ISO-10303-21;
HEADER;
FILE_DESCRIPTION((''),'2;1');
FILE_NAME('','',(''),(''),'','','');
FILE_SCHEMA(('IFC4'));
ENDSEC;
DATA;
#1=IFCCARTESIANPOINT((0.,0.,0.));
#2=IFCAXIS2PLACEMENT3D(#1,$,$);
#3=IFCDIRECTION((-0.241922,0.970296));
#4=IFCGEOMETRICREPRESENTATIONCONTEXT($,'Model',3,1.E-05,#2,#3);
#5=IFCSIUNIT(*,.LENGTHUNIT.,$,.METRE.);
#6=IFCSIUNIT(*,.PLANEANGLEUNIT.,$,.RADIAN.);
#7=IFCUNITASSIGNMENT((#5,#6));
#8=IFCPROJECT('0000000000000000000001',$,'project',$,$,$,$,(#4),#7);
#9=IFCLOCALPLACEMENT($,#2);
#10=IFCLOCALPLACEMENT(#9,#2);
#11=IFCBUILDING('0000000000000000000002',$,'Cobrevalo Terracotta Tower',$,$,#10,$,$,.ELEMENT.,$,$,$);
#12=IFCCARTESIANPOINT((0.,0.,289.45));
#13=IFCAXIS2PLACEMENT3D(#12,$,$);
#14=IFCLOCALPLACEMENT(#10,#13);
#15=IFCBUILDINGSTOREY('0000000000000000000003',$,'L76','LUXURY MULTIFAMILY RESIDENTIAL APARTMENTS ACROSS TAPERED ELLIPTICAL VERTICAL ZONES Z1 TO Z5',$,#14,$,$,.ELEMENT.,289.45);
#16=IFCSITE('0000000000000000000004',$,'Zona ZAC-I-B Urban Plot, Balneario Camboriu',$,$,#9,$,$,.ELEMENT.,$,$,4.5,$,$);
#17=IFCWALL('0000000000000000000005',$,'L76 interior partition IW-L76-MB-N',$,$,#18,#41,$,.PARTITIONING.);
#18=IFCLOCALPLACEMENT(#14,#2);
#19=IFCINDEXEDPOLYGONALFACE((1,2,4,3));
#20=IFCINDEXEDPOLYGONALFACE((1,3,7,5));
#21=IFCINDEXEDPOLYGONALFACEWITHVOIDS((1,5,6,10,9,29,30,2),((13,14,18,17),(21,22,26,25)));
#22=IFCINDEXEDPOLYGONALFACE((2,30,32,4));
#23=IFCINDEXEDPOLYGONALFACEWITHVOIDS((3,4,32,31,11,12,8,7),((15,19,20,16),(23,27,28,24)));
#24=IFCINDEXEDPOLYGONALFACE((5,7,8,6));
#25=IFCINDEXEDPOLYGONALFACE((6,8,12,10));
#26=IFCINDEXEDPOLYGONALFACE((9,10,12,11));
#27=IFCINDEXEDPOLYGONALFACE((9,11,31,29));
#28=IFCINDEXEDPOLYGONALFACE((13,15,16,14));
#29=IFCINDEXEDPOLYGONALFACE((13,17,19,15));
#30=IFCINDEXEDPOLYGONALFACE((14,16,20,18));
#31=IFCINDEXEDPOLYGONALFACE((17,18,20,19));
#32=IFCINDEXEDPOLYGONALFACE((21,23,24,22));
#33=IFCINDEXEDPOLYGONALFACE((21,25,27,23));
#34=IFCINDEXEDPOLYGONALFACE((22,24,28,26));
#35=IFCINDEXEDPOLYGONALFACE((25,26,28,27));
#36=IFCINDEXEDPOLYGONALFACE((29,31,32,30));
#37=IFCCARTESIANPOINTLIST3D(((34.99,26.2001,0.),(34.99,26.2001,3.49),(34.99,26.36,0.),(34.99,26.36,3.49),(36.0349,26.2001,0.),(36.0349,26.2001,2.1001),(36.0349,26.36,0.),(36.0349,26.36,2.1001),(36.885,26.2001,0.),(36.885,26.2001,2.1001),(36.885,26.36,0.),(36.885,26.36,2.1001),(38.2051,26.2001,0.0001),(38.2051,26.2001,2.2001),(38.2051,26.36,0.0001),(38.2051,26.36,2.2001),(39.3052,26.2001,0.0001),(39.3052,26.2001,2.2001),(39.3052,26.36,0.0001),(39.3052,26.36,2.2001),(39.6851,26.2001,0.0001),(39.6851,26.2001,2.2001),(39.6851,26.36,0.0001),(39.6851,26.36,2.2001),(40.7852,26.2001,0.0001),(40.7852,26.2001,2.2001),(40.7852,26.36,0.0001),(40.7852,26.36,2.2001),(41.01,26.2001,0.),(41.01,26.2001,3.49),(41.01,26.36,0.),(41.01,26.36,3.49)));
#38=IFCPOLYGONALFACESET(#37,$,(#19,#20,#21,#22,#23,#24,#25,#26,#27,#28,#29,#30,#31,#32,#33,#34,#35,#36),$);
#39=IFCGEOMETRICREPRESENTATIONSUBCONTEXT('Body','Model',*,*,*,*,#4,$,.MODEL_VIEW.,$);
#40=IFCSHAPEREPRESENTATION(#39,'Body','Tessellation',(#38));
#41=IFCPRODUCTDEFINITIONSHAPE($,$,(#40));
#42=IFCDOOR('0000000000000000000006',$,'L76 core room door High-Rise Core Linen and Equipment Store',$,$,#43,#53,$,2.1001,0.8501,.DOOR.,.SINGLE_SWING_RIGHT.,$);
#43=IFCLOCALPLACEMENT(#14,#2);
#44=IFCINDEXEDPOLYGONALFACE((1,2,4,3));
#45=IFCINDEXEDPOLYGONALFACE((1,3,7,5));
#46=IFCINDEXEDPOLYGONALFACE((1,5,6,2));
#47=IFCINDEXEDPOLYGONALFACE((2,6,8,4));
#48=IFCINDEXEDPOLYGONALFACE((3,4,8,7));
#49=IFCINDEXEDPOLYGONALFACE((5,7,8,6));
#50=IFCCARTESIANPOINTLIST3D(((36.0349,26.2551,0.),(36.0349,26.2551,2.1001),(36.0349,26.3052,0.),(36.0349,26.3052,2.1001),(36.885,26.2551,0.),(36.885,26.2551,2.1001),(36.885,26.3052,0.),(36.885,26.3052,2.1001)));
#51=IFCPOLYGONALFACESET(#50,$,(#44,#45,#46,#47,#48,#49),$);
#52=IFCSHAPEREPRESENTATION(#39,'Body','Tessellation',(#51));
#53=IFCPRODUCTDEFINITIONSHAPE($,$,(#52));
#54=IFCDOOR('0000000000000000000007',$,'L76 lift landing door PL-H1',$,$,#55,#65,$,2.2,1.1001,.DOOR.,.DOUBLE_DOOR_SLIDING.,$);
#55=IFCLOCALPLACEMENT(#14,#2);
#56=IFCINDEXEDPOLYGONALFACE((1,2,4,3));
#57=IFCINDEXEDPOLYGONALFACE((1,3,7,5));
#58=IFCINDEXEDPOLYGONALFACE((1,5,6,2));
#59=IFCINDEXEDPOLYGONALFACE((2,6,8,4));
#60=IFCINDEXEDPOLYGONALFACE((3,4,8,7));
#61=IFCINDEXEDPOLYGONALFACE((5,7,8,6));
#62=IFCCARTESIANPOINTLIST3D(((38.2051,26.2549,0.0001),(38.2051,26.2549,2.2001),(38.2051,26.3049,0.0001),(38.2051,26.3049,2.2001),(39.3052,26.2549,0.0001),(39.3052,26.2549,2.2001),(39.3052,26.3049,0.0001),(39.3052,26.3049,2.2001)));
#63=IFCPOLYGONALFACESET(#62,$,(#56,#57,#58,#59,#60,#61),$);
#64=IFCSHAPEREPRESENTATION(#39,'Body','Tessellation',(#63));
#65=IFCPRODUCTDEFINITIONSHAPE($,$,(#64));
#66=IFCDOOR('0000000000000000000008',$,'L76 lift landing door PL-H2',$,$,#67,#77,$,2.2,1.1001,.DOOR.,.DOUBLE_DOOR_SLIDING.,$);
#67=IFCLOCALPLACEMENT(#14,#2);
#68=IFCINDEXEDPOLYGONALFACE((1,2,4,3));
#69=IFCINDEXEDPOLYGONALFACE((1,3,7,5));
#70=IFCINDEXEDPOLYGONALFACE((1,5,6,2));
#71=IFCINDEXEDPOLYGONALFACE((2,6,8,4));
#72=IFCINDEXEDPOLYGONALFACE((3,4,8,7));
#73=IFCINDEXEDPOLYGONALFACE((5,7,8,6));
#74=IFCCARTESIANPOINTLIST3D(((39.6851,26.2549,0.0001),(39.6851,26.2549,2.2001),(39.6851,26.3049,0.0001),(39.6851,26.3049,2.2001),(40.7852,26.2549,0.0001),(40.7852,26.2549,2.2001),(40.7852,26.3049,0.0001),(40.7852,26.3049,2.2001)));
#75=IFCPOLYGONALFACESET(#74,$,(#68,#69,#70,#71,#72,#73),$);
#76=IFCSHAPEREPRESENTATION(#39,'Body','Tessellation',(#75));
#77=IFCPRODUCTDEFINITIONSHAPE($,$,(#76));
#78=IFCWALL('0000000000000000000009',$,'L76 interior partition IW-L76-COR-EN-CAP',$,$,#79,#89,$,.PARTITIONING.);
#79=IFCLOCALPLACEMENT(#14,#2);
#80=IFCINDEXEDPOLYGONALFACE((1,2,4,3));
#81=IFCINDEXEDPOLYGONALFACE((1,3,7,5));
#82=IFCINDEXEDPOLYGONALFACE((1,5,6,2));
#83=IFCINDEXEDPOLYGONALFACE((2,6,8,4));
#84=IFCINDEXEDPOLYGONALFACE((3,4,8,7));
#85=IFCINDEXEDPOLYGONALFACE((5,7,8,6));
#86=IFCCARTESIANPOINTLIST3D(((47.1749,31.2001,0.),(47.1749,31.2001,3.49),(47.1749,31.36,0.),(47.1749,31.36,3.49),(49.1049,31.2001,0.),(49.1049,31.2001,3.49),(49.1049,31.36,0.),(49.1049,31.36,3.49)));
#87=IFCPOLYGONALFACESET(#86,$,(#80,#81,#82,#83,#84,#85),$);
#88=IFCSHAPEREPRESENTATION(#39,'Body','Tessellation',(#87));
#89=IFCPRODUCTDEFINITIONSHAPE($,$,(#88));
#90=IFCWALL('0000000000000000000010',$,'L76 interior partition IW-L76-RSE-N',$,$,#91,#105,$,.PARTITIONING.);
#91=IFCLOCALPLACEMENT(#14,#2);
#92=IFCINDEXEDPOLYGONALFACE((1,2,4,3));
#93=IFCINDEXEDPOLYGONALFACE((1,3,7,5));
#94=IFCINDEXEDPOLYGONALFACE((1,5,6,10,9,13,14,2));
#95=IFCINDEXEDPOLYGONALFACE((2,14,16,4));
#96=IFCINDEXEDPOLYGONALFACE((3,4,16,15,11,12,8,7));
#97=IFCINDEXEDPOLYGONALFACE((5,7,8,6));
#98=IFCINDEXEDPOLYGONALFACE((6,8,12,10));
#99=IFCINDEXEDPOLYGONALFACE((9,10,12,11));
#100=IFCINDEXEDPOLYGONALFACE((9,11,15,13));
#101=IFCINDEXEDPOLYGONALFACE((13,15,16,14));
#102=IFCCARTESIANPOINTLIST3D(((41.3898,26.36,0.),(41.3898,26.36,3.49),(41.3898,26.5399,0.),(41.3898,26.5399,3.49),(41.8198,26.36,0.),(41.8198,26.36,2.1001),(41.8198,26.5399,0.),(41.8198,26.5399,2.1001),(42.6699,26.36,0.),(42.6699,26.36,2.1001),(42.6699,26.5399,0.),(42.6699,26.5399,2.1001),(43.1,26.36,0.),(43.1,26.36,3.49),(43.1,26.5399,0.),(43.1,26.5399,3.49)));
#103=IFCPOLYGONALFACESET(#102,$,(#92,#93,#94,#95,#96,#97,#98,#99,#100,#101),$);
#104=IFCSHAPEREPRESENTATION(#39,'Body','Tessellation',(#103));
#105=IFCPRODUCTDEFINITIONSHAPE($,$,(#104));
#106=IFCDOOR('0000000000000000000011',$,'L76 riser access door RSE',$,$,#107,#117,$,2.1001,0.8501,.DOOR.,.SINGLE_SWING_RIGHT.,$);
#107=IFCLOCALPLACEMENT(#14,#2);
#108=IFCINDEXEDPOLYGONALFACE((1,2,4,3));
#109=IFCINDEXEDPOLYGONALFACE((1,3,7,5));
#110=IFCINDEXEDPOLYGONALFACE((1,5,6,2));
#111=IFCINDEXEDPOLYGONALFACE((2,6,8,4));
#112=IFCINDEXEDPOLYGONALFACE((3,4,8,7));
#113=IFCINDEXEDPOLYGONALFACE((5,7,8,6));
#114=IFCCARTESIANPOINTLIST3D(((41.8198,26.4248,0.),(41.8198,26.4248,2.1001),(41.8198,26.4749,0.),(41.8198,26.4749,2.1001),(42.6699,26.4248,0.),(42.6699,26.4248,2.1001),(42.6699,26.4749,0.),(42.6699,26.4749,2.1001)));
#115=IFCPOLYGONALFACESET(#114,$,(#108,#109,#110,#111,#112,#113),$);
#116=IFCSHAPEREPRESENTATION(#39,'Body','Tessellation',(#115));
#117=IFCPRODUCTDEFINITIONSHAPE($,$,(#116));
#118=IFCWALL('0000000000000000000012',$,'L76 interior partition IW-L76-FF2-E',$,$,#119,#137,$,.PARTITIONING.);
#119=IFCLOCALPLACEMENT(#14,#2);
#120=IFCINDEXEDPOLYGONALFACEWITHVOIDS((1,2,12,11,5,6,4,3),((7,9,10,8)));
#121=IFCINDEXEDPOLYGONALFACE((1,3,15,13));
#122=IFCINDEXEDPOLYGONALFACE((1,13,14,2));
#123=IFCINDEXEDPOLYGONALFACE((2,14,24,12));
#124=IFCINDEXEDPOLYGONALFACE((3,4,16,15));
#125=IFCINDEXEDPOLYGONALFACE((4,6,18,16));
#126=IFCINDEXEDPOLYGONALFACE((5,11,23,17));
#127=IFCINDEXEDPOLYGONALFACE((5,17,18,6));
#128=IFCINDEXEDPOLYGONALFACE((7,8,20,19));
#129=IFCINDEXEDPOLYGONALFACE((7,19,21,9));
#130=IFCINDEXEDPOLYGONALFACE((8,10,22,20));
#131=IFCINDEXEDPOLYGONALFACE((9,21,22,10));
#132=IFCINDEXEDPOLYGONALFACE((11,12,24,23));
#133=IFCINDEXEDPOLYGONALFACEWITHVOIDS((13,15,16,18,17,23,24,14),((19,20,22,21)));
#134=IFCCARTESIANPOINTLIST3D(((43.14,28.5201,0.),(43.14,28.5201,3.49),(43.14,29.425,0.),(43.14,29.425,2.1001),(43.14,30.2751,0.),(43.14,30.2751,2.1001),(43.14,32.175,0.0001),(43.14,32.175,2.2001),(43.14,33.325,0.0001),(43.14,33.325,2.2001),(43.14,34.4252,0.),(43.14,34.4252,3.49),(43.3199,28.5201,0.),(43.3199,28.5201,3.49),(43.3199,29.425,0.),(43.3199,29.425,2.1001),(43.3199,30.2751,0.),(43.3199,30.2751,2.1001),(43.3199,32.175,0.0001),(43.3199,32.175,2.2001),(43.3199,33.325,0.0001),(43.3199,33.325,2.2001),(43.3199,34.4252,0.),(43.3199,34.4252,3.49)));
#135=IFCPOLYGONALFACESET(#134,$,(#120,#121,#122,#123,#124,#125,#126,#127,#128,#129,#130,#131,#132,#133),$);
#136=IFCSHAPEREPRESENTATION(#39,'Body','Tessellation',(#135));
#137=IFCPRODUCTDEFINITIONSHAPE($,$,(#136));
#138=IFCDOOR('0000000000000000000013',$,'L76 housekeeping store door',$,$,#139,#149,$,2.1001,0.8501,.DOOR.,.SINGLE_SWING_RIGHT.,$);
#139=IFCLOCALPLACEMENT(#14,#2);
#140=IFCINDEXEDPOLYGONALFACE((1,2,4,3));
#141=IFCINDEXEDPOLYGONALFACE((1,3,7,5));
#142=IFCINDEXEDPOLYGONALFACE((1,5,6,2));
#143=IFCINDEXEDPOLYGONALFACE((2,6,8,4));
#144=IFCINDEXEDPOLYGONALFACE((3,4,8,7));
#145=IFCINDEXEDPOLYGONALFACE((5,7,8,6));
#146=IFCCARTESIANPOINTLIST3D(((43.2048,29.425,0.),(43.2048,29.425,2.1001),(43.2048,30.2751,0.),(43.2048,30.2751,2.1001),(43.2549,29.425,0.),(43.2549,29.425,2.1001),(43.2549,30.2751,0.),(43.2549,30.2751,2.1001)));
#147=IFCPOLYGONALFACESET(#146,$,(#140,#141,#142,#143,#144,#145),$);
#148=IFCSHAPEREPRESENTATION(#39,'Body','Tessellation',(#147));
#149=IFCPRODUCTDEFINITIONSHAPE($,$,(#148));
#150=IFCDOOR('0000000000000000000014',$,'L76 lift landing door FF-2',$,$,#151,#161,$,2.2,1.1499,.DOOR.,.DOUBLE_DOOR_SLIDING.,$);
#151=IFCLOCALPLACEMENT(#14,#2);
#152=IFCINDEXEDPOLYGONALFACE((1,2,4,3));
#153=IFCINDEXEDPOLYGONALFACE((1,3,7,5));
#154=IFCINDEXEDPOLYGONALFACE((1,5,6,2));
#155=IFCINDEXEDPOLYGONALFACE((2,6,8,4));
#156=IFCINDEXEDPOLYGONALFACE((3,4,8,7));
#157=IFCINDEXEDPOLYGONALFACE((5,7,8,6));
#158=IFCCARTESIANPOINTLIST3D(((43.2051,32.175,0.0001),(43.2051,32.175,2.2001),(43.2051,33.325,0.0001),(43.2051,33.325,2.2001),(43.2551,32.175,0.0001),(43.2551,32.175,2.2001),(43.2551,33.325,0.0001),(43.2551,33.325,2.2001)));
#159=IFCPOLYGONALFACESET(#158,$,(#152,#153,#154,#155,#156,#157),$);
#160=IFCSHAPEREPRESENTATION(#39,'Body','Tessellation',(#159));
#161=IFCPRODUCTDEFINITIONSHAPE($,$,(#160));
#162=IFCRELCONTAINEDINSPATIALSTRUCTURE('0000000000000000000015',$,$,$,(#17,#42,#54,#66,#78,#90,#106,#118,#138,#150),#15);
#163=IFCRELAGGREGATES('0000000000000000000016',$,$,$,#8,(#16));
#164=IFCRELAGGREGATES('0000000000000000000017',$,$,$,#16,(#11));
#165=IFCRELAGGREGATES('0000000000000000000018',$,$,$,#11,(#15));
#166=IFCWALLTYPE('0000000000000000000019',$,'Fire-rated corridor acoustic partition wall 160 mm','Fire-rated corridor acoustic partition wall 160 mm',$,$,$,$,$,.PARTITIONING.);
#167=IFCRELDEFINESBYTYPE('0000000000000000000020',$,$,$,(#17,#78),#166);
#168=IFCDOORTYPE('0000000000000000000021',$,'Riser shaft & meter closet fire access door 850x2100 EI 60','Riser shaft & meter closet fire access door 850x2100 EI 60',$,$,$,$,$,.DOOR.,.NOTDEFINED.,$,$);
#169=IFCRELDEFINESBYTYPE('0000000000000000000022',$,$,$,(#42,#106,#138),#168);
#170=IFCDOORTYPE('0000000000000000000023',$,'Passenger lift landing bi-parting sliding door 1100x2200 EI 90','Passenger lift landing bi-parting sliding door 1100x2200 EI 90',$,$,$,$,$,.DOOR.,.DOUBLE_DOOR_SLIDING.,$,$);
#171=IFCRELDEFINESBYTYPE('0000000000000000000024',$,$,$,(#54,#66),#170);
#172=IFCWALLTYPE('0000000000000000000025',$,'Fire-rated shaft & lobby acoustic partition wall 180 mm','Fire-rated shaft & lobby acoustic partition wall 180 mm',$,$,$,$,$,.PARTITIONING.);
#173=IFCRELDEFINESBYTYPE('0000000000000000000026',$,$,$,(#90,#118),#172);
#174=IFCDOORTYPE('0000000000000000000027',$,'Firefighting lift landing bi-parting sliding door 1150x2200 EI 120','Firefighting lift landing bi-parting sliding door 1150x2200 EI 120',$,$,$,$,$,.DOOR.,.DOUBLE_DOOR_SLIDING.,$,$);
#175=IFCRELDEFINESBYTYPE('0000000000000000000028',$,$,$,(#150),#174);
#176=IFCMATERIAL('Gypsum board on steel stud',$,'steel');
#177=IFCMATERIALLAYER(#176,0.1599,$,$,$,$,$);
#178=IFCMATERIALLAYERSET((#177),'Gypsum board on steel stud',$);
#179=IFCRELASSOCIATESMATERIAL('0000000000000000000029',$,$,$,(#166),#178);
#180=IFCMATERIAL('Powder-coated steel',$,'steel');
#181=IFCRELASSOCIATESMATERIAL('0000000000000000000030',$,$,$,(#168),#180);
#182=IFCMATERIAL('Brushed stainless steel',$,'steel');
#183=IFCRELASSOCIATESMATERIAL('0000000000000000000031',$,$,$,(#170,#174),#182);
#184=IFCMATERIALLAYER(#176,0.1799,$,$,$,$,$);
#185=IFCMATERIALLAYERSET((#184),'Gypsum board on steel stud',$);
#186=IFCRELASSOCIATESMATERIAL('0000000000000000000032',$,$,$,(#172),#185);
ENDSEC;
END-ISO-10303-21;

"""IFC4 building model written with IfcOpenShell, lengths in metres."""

from ifc_helpers import new_model, si_unit, direction, frame, frame_2d, origin, place, context, subcontext, project, spatial, rectangle, extrude, source, transform, mapped, material, layer, layer_set, type_object, element, fill, save


model = new_model("IFC4")

# Units and contexts
model_context = context("Model", 3, precision=1e-05, world=origin(), true_north=direction((-0.241922, 0.970296)))
body_context = subcontext(model_context, "Body", "Model", "MODEL_VIEW")
ifc_project = project(units=[si_unit("LENGTHUNIT", "METRE"), si_unit("PLANEANGLEUNIT", "RADIAN")], contexts=[model_context])

# Site, building, storey
site_placement = place(None, origin())
site = spatial("IfcSite", under=ifc_project, at=site_placement, Name="Zona ZAC-I-B Urban Plot, Balneario Camboriu", CompositionType="ELEMENT", RefElevation=4.5)
building_placement = place(site_placement, origin())
building = spatial("IfcBuilding", under=site, at=building_placement, Name="Cobrevalo Terracotta Tower", CompositionType="ELEMENT")
storey_placement = place(building_placement, frame((0.0, 0.0, 289.45)))
storey = spatial("IfcBuildingStorey", under=building, at=storey_placement, Name="L76", Description="LUXURY MULTIFAMILY RESIDENTIAL APARTMENTS ACROSS TAPERED ELLIPTICAL VERTICAL ZONES Z1 TO Z5", CompositionType="ELEMENT", Elevation=289.45)

# Shared definitions
ifc_material_1 = material(Name="Gypsum board on steel stud", Category="steel")
ifc_layer_1 = layer(ifc_material_1, 0.1599)
ifc_layer_set_1 = layer_set([ifc_layer_1], Name="Gypsum board on steel stud")
wall_type_1 = type_object("IfcWallType", Name="Fire-rated corridor acoustic partition wall 160 mm", Description="Fire-rated corridor acoustic partition wall 160 mm", PredefinedType="PARTITIONING", material=ifc_layer_set_1)

# Wall, openings, doors
ifc_material_2 = material(Name="Powder-coated steel", Category="steel")
door_type_1 = type_object("IfcDoorType", Name="Riser shaft & meter closet fire access door 850x2100 EI 60", Description="Riser shaft & meter closet fire access door 850x2100 EI 60", OperationType="NOTDEFINED", PredefinedType="DOOR", material=ifc_material_2)
shared_shape_1 = source(origin(), body_context, "Body", "SweptSolid", [
    extrude(rectangle(XDim=0.8501, YDim=2.1001, at=frame_2d((0.425, 1.05))), frame((0.0, 0.0249, 0.0), z_axis=(0.0, -1.0, 0.0), x_axis=(1.0, 0.0, 0.0)), (0.0, 0.0, 1.0), 0.05),
])
wall_1_placement = place(storey_placement, frame((34.99, 26.28, 0.0), z_axis=(0.0, 0.0, 1.0), x_axis=(1.0, 0.0, 0.0)))
wall_1 = element("IfcWall", 1, at=wall_1_placement, inside=storey, type_object=wall_type_1, Name="L76 interior partition IW-L76-MB-N", PredefinedType="PARTITIONING", context=body_context, shape_type="SweptSolid", body=[
    extrude(rectangle(XDim=6.02, YDim=0.1599, at=frame_2d((3.01, 0.0))), origin(), (0.0, 0.0, 1.0), 3.49),
])
opening_1_placement = place(wall_1_placement, frame((1.0449, 0.0, 0.0)))
opening_1 = element("IfcOpeningElement", 2, at=opening_1_placement, cuts=wall_1, PredefinedType="OPENING", context=body_context, shape_type="SweptSolid", body=[
    extrude(rectangle(XDim=0.8501, YDim=2.1001, at=frame_2d((0.425, 1.05))), frame((0.0, 0.0898, 0.0), z_axis=(0.0, -1.0, 0.0), x_axis=(1.0, 0.0, 0.0)), (0.0, 0.0, 1.0), 0.1799),
])
opening_2_placement = place(wall_1_placement, frame((3.2151, 0.0, 0.0)))
opening_2 = element("IfcOpeningElement", 3, at=opening_2_placement, cuts=wall_1, PredefinedType="OPENING", context=body_context, shape_type="SweptSolid", body=[
    extrude(rectangle(XDim=1.1001, YDim=2.2, at=frame_2d((0.55, 1.1001))), frame((0.0, 0.0898, 0.0), z_axis=(0.0, -1.0, 0.0), x_axis=(1.0, 0.0, 0.0)), (0.0, 0.0, 1.0), 0.1799),
])
opening_3_placement = place(wall_1_placement, frame((4.6951, 0.0, 0.0)))
opening_3 = element("IfcOpeningElement", 4, at=opening_3_placement, cuts=wall_1, PredefinedType="OPENING", context=body_context, shape_type="SweptSolid", body=[
    extrude(rectangle(XDim=1.1001, YDim=2.2, at=frame_2d((0.55, 1.1001))), frame((0.0, 0.0898, 0.0), z_axis=(0.0, -1.0, 0.0), x_axis=(1.0, 0.0, 0.0)), (0.0, 0.0, 1.0), 0.1799),
])
door_1_placement = place(opening_1_placement, frame((0.8501, 0.0, 0.0), z_axis=(0.0, 0.0, 1.0), x_axis=(-1.0, 0.0, 0.0)))
door_1 = element("IfcDoor", 5, at=door_1_placement, inside=storey, type_object=door_type_1, Name="L76 core room door High-Rise Core Linen and Equipment Store", OperationType="SINGLE_SWING_RIGHT", OverallHeight=2.1001, OverallWidth=0.8501, PredefinedType="DOOR", context=body_context, shape_type="MappedRepresentation", body=[
    mapped(shared_shape_1, transform((0.0, 0.0, 0.0), scale=1.0)),
])
fill(opening_1, door_1)
ifc_material_3 = material(Name="Brushed stainless steel", Category="steel")
door_type_2 = type_object("IfcDoorType", Name="Passenger lift landing bi-parting sliding door 1100x2200 EI 90", Description="Passenger lift landing bi-parting sliding door 1100x2200 EI 90", OperationType="DOUBLE_DOOR_SLIDING", PredefinedType="DOOR", material=ifc_material_3)
shared_shape_2 = source(origin(), body_context, "Body", "SweptSolid", [
    extrude(rectangle(XDim=1.1001, YDim=2.2, at=frame_2d((0.55, 1.1001))), frame((0.0, 0.0249, 0.0), z_axis=(0.0, -1.0, 0.0), x_axis=(1.0, 0.0, 0.0)), (0.0, 0.0, 1.0), 0.05),
])
door_2_placement = place(opening_2_placement, origin())
door_2 = element("IfcDoor", 6, at=door_2_placement, inside=storey, type_object=door_type_2, Name="L76 lift landing door PL-H1", OperationType="DOUBLE_DOOR_SLIDING", OverallHeight=2.2, OverallWidth=1.1001, PredefinedType="DOOR", context=body_context, shape_type="MappedRepresentation", body=[
    mapped(shared_shape_2, transform((0.0, 0.0, 0.0), scale=1.0)),
])
fill(opening_2, door_2)
door_3_placement = place(opening_3_placement, origin())
door_3 = element("IfcDoor", 7, at=door_3_placement, inside=storey, type_object=door_type_2, Name="L76 lift landing door PL-H2", OperationType="DOUBLE_DOOR_SLIDING", OverallHeight=2.2, OverallWidth=1.1001, PredefinedType="DOOR", context=body_context, shape_type="MappedRepresentation", body=[
    mapped(shared_shape_2, transform((0.0, 0.0, 0.0), scale=1.0)),
])
fill(opening_3, door_3)

# Wall
wall_2_placement = place(storey_placement, frame((47.175, 31.28, 0.0), z_axis=(0.0, 0.0, 1.0), x_axis=(1.0, 0.0, 0.0)))
element("IfcWall", 8, at=wall_2_placement, inside=storey, type_object=wall_type_1, Name="L76 interior partition IW-L76-COR-EN-CAP", PredefinedType="PARTITIONING", context=body_context, shape_type="SweptSolid", body=[
    extrude(rectangle(XDim=1.9299, YDim=0.1599, at=frame_2d((0.9648, 0.0))), origin(), (0.0, 0.0, 1.0), 3.49),
])

# Wall, opening, door
ifc_layer_2 = layer(ifc_material_1, 0.1799)
ifc_layer_set_2 = layer_set([ifc_layer_2], Name="Gypsum board on steel stud")
wall_type_2 = type_object("IfcWallType", Name="Fire-rated shaft & lobby acoustic partition wall 180 mm", Description="Fire-rated shaft & lobby acoustic partition wall 180 mm", PredefinedType="PARTITIONING", material=ifc_layer_set_2)
wall_3_placement = place(storey_placement, frame((41.3899, 26.45, 0.0), z_axis=(0.0, 0.0, 1.0), x_axis=(1.0, 0.0, 0.0)))
wall_3 = element("IfcWall", 9, at=wall_3_placement, inside=storey, type_object=wall_type_2, Name="L76 interior partition IW-L76-RSE-N", PredefinedType="PARTITIONING", context=body_context, shape_type="SweptSolid", body=[
    extrude(rectangle(XDim=1.7102, YDim=0.1799, at=frame_2d((0.855, 0.0))), origin(), (0.0, 0.0, 1.0), 3.49),
])
opening_4_placement = place(wall_3_placement, frame((0.4299, 0.0, 0.0)))
opening_4 = element("IfcOpeningElement", 10, at=opening_4_placement, cuts=wall_3, PredefinedType="OPENING", context=body_context, shape_type="SweptSolid", body=[
    extrude(rectangle(XDim=0.8501, YDim=2.1001, at=frame_2d((0.425, 1.05))), frame((0.0, 0.1001, 0.0), z_axis=(0.0, -1.0, 0.0), x_axis=(1.0, 0.0, 0.0)), (0.0, 0.0, 1.0), 0.2),
])
door_4_placement = place(opening_4_placement, origin())
door_4 = element("IfcDoor", 11, at=door_4_placement, inside=storey, type_object=door_type_1, Name="L76 riser access door RSE", OperationType="SINGLE_SWING_RIGHT", OverallHeight=2.1001, OverallWidth=0.8501, PredefinedType="DOOR", context=body_context, shape_type="MappedRepresentation", body=[
    mapped(shared_shape_1, transform((0.0, 0.0, 0.0), scale=1.0)),
])
fill(opening_4, door_4)

# Wall, openings, doors
wall_4_placement = place(storey_placement, frame((43.23, 28.52, 0.0), z_axis=(0.0, 0.0, 1.0), x_axis=(0.0, 1.0, 0.0)))
wall_4 = element("IfcWall", 12, at=wall_4_placement, inside=storey, type_object=wall_type_2, Name="L76 interior partition IW-L76-FF2-E", PredefinedType="PARTITIONING", context=body_context, shape_type="SweptSolid", body=[
    extrude(rectangle(XDim=5.905, YDim=0.1799, at=frame_2d((2.9526, 0.0))), origin(), (0.0, 0.0, 1.0), 3.49),
])
opening_5_placement = place(wall_4_placement, frame((0.905, 0.0, 0.0)))
opening_5 = element("IfcOpeningElement", 13, at=opening_5_placement, cuts=wall_4, PredefinedType="OPENING", context=body_context, shape_type="SweptSolid", body=[
    extrude(rectangle(XDim=0.8501, YDim=2.1001, at=frame_2d((0.425, 1.05))), frame((0.0, 0.1001, 0.0), z_axis=(0.0, -1.0, 0.0), x_axis=(1.0, 0.0, 0.0)), (0.0, 0.0, 1.0), 0.2),
])
opening_6_placement = place(wall_4_placement, frame((3.655, 0.0, 0.0)))
opening_6 = element("IfcOpeningElement", 14, at=opening_6_placement, cuts=wall_4, PredefinedType="OPENING", context=body_context, shape_type="SweptSolid", body=[
    extrude(rectangle(XDim=1.1499, YDim=2.2, at=frame_2d((0.575, 1.1001))), frame((0.0, 0.1001, 0.0), z_axis=(0.0, -1.0, 0.0), x_axis=(1.0, 0.0, 0.0)), (0.0, 0.0, 1.0), 0.2),
])
door_5_placement = place(opening_5_placement, frame((0.8501, 0.0, 0.0), z_axis=(0.0, 0.0, 1.0), x_axis=(-1.0, 0.0, 0.0)))
door_5 = element("IfcDoor", 15, at=door_5_placement, inside=storey, type_object=door_type_1, Name="L76 housekeeping store door", OperationType="SINGLE_SWING_RIGHT", OverallHeight=2.1001, OverallWidth=0.8501, PredefinedType="DOOR", context=body_context, shape_type="MappedRepresentation", body=[
    mapped(shared_shape_1, transform((0.0, 0.0, 0.0), scale=1.0)),
])
fill(opening_5, door_5)
door_type_3 = type_object("IfcDoorType", Name="Firefighting lift landing bi-parting sliding door 1150x2200 EI 120", Description="Firefighting lift landing bi-parting sliding door 1150x2200 EI 120", OperationType="DOUBLE_DOOR_SLIDING", PredefinedType="DOOR", material=ifc_material_3)
shared_shape_3 = source(origin(), body_context, "Body", "SweptSolid", [
    extrude(rectangle(XDim=1.1499, YDim=2.2, at=frame_2d((0.575, 1.1001))), frame((0.0, 0.0249, 0.0), z_axis=(0.0, -1.0, 0.0), x_axis=(1.0, 0.0, 0.0)), (0.0, 0.0, 1.0), 0.05),
])
door_6_placement = place(opening_6_placement, origin())
door_6 = element("IfcDoor", 16, at=door_6_placement, inside=storey, type_object=door_type_3, Name="L76 lift landing door FF-2", OperationType="DOUBLE_DOOR_SLIDING", OverallHeight=2.2, OverallWidth=1.1499, PredefinedType="DOOR", context=body_context, shape_type="MappedRepresentation", body=[
    mapped(shared_shape_3, transform((0.0, 0.0, 0.0), scale=1.0)),
])
fill(opening_6, door_6)

save(model, "model.ifc")
